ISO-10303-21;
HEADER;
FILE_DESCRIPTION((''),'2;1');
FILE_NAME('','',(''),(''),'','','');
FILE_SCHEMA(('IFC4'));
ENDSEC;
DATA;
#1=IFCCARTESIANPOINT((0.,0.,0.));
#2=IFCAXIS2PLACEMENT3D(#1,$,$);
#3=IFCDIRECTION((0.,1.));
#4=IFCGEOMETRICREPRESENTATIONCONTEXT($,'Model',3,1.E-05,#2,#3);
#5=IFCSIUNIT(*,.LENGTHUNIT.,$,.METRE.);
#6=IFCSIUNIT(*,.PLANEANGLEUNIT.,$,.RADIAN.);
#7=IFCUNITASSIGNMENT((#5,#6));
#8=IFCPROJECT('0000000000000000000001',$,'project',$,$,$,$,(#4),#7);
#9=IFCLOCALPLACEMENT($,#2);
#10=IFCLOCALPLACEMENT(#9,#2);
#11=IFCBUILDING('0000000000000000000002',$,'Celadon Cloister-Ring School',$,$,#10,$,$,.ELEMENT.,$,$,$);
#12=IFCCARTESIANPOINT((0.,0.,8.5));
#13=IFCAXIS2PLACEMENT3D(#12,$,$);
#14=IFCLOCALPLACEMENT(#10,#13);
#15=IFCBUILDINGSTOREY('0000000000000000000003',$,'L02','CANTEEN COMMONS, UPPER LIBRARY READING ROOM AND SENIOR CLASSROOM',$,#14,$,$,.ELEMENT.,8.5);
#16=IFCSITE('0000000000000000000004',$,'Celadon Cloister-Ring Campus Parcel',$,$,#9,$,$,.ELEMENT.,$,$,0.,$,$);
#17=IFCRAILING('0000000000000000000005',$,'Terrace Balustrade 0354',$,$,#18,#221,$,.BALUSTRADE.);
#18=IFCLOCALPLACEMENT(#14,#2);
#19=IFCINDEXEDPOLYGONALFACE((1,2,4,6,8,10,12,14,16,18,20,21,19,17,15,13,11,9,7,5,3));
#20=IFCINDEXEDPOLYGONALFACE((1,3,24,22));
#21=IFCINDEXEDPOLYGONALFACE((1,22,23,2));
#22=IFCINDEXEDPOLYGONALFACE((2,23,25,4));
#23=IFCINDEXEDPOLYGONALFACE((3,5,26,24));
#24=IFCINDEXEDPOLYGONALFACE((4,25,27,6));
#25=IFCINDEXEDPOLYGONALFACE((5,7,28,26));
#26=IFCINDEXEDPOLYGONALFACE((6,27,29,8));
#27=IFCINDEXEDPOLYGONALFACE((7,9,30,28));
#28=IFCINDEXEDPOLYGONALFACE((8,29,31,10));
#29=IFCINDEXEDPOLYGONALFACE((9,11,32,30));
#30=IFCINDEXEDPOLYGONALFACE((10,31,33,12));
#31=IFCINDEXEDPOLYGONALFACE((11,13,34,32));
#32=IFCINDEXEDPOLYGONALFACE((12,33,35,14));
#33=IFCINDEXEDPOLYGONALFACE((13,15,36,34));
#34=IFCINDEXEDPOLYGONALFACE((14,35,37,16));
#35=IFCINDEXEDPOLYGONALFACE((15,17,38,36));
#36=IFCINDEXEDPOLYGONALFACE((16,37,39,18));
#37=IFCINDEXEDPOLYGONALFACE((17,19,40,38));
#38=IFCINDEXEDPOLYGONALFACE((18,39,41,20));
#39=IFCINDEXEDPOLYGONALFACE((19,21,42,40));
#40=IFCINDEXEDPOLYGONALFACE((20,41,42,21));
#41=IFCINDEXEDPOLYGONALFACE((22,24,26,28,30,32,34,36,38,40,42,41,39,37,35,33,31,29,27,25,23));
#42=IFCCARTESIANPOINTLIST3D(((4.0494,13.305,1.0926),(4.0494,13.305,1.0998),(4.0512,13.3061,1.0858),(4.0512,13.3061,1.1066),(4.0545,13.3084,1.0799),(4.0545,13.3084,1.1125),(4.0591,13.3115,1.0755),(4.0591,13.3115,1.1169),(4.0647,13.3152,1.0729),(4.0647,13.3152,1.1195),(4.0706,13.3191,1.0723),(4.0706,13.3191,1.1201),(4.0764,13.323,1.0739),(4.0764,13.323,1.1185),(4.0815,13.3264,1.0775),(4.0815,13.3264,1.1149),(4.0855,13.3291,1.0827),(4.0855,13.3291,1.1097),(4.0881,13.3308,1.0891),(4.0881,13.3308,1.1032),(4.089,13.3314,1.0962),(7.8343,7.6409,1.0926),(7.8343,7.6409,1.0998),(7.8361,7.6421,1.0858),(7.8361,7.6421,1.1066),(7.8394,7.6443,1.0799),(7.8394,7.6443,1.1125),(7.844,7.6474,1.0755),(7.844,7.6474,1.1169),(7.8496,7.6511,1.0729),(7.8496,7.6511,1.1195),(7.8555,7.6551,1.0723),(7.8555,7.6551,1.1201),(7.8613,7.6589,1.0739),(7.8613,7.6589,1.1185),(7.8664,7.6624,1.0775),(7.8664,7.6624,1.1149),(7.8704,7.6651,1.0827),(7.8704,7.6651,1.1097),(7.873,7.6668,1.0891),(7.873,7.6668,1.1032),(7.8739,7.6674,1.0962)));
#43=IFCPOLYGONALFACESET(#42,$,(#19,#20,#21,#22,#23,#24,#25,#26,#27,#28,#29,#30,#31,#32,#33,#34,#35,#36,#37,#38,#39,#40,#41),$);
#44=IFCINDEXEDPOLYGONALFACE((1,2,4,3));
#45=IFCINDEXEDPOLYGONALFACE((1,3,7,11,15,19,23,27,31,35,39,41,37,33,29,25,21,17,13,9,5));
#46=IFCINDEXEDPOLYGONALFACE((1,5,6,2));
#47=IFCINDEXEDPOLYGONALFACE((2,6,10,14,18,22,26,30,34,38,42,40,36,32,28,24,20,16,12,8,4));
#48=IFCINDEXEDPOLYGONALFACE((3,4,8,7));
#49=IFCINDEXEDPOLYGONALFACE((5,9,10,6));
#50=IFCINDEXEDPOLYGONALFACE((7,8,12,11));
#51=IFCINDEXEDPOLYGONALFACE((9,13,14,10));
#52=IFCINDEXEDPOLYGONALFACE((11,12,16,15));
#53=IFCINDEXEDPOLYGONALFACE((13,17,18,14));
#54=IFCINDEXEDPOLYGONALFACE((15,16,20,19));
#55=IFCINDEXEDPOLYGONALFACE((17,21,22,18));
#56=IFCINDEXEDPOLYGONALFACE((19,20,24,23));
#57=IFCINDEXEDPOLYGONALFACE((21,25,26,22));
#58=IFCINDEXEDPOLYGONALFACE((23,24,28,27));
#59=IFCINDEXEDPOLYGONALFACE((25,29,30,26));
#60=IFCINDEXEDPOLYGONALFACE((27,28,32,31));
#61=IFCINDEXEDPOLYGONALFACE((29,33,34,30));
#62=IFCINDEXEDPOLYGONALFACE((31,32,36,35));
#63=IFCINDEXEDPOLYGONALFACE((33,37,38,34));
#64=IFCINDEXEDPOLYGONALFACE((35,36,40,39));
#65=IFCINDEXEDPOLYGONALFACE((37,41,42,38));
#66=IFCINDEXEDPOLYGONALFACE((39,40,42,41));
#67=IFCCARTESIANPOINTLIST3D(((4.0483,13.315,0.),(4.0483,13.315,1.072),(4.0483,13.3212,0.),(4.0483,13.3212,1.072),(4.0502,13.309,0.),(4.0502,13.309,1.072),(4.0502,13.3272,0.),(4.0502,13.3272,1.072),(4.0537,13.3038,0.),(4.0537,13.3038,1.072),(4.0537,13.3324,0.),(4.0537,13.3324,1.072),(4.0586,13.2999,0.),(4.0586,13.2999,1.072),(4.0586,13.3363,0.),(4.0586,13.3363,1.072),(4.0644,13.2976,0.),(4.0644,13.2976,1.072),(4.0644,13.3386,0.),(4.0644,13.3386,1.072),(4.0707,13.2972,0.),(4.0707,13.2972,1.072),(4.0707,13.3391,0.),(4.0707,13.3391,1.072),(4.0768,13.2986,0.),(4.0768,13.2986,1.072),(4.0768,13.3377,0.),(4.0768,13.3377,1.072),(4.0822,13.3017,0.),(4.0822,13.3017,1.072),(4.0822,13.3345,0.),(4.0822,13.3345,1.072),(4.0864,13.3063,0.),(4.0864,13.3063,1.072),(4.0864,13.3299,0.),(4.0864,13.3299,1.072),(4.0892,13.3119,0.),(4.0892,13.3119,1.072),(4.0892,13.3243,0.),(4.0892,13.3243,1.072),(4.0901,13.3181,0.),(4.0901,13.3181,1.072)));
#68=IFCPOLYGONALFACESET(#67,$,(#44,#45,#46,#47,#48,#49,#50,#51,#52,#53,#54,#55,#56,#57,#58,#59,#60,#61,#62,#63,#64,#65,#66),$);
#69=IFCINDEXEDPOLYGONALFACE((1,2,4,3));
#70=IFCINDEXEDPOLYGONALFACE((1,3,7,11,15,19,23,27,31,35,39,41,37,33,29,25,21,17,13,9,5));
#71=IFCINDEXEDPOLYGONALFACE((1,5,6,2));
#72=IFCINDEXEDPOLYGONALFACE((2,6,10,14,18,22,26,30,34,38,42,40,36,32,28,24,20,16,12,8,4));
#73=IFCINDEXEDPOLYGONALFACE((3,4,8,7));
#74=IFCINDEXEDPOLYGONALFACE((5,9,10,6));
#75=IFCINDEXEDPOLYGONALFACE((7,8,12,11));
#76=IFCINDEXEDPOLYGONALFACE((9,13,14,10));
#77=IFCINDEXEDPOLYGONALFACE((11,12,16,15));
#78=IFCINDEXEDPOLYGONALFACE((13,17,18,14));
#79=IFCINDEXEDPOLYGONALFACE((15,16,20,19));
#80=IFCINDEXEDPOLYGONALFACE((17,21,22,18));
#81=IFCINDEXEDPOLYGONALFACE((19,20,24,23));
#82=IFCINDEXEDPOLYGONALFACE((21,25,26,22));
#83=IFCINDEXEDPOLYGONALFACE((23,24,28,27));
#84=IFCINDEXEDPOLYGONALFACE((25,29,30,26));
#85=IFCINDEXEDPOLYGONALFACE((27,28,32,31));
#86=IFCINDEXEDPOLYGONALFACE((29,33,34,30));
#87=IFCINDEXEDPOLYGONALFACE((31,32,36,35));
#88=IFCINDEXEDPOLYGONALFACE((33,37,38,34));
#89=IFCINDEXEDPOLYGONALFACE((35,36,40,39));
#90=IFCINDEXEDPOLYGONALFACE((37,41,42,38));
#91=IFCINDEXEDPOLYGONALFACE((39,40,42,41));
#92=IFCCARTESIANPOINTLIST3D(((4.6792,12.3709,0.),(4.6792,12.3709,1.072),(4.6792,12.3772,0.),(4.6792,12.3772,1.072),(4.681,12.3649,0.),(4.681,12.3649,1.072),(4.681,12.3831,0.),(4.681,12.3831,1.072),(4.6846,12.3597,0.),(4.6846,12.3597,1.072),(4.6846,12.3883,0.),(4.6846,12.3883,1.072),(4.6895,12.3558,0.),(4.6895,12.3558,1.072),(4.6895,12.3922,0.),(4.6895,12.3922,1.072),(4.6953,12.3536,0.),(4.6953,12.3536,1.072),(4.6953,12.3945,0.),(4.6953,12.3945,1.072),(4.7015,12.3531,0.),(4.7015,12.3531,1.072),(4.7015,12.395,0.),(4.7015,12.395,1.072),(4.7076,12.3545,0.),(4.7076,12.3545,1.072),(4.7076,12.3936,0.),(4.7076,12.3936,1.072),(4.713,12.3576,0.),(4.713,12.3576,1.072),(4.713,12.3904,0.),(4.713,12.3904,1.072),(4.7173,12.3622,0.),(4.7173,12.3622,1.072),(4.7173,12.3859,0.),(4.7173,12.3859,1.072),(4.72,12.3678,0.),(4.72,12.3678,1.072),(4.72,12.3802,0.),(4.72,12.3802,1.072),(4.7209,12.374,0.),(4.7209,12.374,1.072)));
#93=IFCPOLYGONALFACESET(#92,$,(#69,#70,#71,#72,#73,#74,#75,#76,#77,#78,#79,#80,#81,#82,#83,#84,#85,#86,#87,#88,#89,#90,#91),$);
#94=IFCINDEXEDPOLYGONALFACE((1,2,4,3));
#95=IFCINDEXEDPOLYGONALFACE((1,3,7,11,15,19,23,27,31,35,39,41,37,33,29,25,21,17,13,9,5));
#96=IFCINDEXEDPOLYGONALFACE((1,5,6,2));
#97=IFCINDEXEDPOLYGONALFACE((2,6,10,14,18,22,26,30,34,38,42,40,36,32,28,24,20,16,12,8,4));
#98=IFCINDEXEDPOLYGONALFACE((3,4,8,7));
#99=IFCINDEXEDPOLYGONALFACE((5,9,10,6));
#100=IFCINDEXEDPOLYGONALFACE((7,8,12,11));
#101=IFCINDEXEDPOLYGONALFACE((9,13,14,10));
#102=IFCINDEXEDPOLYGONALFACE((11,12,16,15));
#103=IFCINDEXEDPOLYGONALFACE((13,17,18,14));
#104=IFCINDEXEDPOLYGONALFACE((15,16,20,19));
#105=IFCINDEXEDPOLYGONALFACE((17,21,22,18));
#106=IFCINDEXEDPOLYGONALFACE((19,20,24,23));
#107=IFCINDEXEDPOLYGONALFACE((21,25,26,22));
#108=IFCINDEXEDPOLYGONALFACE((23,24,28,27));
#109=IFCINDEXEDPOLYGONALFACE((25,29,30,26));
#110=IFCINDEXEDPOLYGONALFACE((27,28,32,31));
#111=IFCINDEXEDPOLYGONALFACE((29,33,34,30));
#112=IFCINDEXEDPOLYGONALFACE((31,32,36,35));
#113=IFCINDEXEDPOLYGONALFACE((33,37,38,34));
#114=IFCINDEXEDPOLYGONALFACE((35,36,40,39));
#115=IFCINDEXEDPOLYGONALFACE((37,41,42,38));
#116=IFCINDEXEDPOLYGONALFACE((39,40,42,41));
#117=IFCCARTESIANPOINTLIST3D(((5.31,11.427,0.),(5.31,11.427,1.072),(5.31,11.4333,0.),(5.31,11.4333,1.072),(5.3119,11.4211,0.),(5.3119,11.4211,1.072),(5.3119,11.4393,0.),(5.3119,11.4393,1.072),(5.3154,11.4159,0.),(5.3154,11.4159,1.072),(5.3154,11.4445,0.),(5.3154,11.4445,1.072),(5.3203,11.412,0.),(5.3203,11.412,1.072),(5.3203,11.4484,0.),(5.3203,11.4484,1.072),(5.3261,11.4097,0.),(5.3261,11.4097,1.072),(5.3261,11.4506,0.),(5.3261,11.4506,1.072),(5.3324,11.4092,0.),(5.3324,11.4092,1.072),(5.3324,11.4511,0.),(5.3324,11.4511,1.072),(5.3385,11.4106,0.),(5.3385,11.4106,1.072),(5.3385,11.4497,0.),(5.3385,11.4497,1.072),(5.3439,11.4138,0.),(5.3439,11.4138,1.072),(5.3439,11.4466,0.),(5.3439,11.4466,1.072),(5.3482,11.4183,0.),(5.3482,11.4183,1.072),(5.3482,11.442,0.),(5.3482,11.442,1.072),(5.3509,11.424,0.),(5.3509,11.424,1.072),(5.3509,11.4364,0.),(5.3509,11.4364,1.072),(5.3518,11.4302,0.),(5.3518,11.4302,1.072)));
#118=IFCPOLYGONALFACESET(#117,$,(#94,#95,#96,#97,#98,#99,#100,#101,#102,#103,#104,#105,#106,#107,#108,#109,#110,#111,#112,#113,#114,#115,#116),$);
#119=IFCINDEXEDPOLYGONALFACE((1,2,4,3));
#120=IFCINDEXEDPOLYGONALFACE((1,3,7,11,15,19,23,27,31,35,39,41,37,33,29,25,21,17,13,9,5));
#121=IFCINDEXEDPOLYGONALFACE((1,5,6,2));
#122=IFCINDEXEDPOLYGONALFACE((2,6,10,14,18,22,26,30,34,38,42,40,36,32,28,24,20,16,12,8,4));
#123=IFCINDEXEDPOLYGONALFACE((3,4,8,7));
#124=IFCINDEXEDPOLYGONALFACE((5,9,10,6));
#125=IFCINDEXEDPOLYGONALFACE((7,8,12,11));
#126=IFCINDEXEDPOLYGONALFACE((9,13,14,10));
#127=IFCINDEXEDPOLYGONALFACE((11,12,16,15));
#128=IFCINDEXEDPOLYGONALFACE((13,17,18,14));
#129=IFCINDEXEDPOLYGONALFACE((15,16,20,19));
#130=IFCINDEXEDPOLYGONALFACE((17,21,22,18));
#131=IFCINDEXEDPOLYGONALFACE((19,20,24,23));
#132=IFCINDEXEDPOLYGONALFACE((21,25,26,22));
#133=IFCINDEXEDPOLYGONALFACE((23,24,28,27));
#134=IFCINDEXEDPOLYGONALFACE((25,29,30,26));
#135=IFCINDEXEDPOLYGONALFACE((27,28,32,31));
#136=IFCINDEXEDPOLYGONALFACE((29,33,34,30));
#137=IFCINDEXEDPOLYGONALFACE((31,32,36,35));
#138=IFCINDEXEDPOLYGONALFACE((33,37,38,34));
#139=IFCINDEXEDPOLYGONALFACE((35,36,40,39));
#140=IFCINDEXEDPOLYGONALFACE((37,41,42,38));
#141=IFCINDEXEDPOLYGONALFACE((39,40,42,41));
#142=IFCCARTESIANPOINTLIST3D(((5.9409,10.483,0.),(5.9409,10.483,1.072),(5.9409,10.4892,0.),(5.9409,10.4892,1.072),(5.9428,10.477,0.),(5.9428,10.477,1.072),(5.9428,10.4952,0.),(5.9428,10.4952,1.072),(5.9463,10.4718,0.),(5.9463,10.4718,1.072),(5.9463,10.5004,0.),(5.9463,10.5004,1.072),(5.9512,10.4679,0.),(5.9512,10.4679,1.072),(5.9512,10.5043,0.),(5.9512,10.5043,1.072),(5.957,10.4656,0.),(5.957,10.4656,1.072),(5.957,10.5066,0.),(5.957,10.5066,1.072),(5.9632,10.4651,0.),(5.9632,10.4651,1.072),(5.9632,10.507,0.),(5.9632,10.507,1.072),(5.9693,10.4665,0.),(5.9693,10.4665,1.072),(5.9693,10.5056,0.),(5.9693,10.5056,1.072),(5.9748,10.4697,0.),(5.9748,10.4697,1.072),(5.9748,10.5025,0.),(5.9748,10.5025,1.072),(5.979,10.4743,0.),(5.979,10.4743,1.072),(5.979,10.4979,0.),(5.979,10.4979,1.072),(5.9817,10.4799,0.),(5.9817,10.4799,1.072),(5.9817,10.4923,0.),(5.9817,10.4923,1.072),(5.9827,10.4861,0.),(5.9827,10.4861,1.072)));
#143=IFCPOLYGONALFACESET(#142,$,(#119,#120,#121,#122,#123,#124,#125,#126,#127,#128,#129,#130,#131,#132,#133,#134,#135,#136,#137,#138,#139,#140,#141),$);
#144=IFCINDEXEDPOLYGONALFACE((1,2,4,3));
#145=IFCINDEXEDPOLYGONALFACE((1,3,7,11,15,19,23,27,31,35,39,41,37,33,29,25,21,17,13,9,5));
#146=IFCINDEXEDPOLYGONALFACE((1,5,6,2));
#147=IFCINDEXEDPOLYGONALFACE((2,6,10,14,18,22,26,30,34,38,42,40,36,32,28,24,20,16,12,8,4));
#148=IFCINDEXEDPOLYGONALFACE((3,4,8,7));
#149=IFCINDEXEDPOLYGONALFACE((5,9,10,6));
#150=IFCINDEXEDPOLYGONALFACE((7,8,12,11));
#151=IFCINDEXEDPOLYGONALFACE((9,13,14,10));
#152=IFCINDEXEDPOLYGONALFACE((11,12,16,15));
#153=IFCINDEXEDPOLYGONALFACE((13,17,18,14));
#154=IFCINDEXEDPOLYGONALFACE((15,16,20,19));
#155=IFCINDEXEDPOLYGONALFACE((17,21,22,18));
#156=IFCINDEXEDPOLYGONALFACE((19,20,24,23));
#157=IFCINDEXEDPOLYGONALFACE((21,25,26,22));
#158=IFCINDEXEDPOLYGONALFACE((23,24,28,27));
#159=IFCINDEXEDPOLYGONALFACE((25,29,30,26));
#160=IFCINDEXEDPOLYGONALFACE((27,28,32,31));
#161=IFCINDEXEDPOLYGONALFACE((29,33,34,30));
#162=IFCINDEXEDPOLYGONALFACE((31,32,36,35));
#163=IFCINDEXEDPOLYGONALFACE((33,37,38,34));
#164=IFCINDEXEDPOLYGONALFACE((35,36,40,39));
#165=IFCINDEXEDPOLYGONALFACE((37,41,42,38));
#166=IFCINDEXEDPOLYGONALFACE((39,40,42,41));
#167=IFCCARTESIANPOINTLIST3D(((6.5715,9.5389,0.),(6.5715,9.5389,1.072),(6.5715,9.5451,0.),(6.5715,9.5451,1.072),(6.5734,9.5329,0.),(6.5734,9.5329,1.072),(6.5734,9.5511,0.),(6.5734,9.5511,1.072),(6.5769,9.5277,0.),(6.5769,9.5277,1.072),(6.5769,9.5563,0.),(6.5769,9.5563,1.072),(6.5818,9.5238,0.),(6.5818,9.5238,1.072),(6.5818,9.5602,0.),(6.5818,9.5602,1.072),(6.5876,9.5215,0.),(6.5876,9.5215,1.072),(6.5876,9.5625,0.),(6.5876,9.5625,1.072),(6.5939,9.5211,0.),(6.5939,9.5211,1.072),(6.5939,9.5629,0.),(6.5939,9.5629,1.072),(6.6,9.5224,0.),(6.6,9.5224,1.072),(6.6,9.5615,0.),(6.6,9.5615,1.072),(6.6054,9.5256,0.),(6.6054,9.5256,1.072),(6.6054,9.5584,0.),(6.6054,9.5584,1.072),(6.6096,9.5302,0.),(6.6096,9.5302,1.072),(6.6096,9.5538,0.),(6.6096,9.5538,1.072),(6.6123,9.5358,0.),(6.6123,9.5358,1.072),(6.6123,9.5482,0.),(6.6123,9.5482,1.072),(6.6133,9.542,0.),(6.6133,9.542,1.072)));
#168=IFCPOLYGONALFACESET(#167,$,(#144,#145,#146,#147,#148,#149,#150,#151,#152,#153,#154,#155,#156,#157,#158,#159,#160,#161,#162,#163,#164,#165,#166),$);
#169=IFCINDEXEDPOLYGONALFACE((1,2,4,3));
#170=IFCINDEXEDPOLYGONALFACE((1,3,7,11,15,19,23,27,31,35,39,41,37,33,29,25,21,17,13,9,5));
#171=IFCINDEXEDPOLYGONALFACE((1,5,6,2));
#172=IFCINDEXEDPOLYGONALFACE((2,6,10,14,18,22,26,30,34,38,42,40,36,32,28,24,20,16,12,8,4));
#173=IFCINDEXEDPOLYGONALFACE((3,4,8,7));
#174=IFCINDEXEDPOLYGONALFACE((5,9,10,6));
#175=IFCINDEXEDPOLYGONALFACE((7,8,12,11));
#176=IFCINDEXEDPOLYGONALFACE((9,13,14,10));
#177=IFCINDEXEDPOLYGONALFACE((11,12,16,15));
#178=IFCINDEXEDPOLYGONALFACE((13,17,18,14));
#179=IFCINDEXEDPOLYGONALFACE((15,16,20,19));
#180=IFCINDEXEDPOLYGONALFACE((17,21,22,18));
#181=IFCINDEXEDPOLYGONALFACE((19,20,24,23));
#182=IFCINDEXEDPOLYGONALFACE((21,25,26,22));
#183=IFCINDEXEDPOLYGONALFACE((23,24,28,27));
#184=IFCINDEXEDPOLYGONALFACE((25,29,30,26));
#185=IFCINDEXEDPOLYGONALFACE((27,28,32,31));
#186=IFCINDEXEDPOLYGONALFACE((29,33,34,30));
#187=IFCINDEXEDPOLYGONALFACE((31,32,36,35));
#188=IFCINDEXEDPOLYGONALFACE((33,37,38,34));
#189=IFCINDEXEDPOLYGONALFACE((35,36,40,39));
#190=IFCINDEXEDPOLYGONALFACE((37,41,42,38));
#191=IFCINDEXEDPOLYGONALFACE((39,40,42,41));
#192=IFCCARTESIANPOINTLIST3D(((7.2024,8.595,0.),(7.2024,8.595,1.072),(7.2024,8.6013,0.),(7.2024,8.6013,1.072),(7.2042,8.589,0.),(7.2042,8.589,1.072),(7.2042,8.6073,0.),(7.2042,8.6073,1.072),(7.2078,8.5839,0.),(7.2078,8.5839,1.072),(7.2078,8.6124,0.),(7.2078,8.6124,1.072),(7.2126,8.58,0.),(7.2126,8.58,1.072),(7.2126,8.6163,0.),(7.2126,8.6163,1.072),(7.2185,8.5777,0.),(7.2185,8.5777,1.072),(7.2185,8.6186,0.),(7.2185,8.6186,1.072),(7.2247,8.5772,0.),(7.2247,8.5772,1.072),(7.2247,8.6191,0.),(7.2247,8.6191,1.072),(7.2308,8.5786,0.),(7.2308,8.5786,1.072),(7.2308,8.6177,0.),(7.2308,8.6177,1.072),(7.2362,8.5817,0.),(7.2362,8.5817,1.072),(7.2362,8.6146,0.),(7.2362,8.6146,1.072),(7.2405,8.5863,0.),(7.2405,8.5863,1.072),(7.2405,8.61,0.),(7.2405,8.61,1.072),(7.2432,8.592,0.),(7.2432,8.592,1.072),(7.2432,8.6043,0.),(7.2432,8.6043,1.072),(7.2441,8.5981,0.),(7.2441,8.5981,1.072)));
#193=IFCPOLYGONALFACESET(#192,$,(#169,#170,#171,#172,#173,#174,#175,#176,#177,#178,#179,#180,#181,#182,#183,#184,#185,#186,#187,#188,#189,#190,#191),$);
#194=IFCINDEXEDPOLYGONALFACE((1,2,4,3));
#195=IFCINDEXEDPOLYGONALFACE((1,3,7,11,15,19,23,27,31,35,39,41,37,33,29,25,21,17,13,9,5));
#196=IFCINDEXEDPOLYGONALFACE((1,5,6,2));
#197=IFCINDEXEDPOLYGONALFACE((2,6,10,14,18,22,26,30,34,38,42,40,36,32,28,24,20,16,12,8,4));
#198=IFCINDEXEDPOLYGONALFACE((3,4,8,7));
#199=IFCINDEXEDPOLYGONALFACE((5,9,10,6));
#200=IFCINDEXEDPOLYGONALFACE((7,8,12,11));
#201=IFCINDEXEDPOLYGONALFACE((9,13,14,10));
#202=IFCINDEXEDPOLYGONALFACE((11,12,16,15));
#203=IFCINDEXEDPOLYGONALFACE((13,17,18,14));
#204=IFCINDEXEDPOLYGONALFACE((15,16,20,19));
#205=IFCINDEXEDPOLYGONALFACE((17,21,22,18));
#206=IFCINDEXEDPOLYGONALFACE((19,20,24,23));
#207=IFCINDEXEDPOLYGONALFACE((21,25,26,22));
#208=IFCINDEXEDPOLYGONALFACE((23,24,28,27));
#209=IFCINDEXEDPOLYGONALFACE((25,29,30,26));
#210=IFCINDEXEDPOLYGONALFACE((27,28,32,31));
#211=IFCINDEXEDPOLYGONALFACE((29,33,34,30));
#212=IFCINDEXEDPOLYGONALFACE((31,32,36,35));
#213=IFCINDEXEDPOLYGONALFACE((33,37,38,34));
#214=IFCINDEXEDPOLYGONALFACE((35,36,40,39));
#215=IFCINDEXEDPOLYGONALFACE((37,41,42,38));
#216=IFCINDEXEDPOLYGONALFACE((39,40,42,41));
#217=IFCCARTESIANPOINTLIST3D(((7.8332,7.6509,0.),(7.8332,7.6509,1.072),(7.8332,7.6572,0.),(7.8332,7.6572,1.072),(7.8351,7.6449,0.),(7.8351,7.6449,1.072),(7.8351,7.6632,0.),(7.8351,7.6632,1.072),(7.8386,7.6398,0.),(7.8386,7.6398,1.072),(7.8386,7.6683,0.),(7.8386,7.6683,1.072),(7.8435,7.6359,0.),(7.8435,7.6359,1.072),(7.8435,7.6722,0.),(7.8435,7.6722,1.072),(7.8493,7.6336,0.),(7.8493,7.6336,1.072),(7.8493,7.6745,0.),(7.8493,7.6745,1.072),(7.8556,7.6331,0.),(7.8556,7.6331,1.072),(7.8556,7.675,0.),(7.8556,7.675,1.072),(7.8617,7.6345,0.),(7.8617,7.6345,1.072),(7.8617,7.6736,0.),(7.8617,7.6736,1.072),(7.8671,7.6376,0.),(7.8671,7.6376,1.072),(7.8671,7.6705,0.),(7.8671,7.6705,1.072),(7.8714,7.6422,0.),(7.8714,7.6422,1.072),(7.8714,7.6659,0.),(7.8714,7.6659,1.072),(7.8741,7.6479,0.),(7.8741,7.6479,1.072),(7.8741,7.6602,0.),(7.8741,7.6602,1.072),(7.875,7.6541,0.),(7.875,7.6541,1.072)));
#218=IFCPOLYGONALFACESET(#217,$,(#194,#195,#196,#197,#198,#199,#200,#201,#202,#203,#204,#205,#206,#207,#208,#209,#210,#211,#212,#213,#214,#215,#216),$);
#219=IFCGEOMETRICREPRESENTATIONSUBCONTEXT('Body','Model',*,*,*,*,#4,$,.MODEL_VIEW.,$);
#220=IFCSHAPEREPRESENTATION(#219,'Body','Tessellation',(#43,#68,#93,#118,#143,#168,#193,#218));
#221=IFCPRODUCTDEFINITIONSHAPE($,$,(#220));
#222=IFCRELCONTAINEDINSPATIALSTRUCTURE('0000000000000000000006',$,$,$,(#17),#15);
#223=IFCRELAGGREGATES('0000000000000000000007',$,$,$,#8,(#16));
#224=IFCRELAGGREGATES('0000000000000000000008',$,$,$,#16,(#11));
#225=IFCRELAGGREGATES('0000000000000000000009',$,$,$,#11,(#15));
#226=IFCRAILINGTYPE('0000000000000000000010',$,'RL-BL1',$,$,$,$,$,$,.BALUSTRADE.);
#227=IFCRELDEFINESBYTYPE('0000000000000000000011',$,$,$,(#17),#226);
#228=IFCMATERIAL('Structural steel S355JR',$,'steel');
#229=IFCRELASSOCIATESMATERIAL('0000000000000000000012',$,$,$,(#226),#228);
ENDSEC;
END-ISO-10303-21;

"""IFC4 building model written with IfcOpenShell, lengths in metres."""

from ifc_helpers import new_model, si_unit, direction, frame, origin, origin_2d, place, context, subcontext, project, spatial, circle, extrude, material, type_object, element, save


model = new_model("IFC4")

# Units and contexts
model_context = context("Model", 3, precision=1e-05, world=origin(), true_north=direction((0.0, 1.0)))
body_context = subcontext(model_context, "Body", "Model", "MODEL_VIEW")
ifc_project = project(units=[si_unit("LENGTHUNIT", "METRE"), si_unit("PLANEANGLEUNIT", "RADIAN")], contexts=[model_context])

# Site, building, storey
site_placement = place(None, origin())
site = spatial("IfcSite", under=ifc_project, at=site_placement, Name="Celadon Cloister-Ring Campus Parcel", CompositionType="ELEMENT", RefElevation=0.0)
building_placement = place(site_placement, origin())
building = spatial("IfcBuilding", under=site, at=building_placement, Name="Celadon Cloister-Ring School", CompositionType="ELEMENT")
storey_placement = place(building_placement, frame((0.0, 0.0, 8.5)))
storey = spatial("IfcBuildingStorey", under=building, at=storey_placement, Name="L02", Description="CANTEEN COMMONS, UPPER LIBRARY READING ROOM AND SENIOR CLASSROOM", CompositionType="ELEMENT", Elevation=8.5)

# Railing
ifc_material_1 = material(Name="Structural steel S355JR", Category="steel")
railing_type = type_object("IfcRailingType", Name="RL-BL1", PredefinedType="BALUSTRADE", material=ifc_material_1)
railing_placement = place(storey_placement, frame((4.0691, 13.3181, 0.0)))
element("IfcRailing", 1, at=railing_placement, inside=storey, type_object=railing_type, Name="Terrace Balustrade 0354", PredefinedType="BALUSTRADE", context=body_context, shape_type="SweptSolid", body=[
    extrude(circle(Radius=0.0239, at=origin_2d()), frame((0.0, 0.0, 1.0962), z_axis=(0.555601, -0.831449, 0.0), x_axis=(0.831449, 0.555601, 0.0)), (0.0, 0.0, 1.0), 6.8123),
    extrude(circle(Radius=0.021, at=origin_2d()), origin(), (0.0, 0.0, 1.0), 1.072),
    extrude(circle(Radius=0.021, at=origin_2d()), frame((0.6309, -0.9441, 0.0)), (0.0, 0.0, 1.0), 1.072),
    extrude(circle(Radius=0.021, at=origin_2d()), frame((1.2617, -1.8879, 0.0)), (0.0, 0.0, 1.0), 1.072),
    extrude(circle(Radius=0.021, at=origin_2d()), frame((1.8926, -2.832, 0.0)), (0.0, 0.0, 1.0), 1.072),
    extrude(circle(Radius=0.021, at=origin_2d()), frame((2.5232, -3.7761, 0.0)), (0.0, 0.0, 1.0), 1.072),
    extrude(circle(Radius=0.021, at=origin_2d()), frame((3.1541, -4.72, 0.0)), (0.0, 0.0, 1.0), 1.072),
    extrude(circle(Radius=0.021, at=origin_2d()), frame((3.7849, -5.6641, 0.0)), (0.0, 0.0, 1.0), 1.072),
])

save(model, "model.ifc")
